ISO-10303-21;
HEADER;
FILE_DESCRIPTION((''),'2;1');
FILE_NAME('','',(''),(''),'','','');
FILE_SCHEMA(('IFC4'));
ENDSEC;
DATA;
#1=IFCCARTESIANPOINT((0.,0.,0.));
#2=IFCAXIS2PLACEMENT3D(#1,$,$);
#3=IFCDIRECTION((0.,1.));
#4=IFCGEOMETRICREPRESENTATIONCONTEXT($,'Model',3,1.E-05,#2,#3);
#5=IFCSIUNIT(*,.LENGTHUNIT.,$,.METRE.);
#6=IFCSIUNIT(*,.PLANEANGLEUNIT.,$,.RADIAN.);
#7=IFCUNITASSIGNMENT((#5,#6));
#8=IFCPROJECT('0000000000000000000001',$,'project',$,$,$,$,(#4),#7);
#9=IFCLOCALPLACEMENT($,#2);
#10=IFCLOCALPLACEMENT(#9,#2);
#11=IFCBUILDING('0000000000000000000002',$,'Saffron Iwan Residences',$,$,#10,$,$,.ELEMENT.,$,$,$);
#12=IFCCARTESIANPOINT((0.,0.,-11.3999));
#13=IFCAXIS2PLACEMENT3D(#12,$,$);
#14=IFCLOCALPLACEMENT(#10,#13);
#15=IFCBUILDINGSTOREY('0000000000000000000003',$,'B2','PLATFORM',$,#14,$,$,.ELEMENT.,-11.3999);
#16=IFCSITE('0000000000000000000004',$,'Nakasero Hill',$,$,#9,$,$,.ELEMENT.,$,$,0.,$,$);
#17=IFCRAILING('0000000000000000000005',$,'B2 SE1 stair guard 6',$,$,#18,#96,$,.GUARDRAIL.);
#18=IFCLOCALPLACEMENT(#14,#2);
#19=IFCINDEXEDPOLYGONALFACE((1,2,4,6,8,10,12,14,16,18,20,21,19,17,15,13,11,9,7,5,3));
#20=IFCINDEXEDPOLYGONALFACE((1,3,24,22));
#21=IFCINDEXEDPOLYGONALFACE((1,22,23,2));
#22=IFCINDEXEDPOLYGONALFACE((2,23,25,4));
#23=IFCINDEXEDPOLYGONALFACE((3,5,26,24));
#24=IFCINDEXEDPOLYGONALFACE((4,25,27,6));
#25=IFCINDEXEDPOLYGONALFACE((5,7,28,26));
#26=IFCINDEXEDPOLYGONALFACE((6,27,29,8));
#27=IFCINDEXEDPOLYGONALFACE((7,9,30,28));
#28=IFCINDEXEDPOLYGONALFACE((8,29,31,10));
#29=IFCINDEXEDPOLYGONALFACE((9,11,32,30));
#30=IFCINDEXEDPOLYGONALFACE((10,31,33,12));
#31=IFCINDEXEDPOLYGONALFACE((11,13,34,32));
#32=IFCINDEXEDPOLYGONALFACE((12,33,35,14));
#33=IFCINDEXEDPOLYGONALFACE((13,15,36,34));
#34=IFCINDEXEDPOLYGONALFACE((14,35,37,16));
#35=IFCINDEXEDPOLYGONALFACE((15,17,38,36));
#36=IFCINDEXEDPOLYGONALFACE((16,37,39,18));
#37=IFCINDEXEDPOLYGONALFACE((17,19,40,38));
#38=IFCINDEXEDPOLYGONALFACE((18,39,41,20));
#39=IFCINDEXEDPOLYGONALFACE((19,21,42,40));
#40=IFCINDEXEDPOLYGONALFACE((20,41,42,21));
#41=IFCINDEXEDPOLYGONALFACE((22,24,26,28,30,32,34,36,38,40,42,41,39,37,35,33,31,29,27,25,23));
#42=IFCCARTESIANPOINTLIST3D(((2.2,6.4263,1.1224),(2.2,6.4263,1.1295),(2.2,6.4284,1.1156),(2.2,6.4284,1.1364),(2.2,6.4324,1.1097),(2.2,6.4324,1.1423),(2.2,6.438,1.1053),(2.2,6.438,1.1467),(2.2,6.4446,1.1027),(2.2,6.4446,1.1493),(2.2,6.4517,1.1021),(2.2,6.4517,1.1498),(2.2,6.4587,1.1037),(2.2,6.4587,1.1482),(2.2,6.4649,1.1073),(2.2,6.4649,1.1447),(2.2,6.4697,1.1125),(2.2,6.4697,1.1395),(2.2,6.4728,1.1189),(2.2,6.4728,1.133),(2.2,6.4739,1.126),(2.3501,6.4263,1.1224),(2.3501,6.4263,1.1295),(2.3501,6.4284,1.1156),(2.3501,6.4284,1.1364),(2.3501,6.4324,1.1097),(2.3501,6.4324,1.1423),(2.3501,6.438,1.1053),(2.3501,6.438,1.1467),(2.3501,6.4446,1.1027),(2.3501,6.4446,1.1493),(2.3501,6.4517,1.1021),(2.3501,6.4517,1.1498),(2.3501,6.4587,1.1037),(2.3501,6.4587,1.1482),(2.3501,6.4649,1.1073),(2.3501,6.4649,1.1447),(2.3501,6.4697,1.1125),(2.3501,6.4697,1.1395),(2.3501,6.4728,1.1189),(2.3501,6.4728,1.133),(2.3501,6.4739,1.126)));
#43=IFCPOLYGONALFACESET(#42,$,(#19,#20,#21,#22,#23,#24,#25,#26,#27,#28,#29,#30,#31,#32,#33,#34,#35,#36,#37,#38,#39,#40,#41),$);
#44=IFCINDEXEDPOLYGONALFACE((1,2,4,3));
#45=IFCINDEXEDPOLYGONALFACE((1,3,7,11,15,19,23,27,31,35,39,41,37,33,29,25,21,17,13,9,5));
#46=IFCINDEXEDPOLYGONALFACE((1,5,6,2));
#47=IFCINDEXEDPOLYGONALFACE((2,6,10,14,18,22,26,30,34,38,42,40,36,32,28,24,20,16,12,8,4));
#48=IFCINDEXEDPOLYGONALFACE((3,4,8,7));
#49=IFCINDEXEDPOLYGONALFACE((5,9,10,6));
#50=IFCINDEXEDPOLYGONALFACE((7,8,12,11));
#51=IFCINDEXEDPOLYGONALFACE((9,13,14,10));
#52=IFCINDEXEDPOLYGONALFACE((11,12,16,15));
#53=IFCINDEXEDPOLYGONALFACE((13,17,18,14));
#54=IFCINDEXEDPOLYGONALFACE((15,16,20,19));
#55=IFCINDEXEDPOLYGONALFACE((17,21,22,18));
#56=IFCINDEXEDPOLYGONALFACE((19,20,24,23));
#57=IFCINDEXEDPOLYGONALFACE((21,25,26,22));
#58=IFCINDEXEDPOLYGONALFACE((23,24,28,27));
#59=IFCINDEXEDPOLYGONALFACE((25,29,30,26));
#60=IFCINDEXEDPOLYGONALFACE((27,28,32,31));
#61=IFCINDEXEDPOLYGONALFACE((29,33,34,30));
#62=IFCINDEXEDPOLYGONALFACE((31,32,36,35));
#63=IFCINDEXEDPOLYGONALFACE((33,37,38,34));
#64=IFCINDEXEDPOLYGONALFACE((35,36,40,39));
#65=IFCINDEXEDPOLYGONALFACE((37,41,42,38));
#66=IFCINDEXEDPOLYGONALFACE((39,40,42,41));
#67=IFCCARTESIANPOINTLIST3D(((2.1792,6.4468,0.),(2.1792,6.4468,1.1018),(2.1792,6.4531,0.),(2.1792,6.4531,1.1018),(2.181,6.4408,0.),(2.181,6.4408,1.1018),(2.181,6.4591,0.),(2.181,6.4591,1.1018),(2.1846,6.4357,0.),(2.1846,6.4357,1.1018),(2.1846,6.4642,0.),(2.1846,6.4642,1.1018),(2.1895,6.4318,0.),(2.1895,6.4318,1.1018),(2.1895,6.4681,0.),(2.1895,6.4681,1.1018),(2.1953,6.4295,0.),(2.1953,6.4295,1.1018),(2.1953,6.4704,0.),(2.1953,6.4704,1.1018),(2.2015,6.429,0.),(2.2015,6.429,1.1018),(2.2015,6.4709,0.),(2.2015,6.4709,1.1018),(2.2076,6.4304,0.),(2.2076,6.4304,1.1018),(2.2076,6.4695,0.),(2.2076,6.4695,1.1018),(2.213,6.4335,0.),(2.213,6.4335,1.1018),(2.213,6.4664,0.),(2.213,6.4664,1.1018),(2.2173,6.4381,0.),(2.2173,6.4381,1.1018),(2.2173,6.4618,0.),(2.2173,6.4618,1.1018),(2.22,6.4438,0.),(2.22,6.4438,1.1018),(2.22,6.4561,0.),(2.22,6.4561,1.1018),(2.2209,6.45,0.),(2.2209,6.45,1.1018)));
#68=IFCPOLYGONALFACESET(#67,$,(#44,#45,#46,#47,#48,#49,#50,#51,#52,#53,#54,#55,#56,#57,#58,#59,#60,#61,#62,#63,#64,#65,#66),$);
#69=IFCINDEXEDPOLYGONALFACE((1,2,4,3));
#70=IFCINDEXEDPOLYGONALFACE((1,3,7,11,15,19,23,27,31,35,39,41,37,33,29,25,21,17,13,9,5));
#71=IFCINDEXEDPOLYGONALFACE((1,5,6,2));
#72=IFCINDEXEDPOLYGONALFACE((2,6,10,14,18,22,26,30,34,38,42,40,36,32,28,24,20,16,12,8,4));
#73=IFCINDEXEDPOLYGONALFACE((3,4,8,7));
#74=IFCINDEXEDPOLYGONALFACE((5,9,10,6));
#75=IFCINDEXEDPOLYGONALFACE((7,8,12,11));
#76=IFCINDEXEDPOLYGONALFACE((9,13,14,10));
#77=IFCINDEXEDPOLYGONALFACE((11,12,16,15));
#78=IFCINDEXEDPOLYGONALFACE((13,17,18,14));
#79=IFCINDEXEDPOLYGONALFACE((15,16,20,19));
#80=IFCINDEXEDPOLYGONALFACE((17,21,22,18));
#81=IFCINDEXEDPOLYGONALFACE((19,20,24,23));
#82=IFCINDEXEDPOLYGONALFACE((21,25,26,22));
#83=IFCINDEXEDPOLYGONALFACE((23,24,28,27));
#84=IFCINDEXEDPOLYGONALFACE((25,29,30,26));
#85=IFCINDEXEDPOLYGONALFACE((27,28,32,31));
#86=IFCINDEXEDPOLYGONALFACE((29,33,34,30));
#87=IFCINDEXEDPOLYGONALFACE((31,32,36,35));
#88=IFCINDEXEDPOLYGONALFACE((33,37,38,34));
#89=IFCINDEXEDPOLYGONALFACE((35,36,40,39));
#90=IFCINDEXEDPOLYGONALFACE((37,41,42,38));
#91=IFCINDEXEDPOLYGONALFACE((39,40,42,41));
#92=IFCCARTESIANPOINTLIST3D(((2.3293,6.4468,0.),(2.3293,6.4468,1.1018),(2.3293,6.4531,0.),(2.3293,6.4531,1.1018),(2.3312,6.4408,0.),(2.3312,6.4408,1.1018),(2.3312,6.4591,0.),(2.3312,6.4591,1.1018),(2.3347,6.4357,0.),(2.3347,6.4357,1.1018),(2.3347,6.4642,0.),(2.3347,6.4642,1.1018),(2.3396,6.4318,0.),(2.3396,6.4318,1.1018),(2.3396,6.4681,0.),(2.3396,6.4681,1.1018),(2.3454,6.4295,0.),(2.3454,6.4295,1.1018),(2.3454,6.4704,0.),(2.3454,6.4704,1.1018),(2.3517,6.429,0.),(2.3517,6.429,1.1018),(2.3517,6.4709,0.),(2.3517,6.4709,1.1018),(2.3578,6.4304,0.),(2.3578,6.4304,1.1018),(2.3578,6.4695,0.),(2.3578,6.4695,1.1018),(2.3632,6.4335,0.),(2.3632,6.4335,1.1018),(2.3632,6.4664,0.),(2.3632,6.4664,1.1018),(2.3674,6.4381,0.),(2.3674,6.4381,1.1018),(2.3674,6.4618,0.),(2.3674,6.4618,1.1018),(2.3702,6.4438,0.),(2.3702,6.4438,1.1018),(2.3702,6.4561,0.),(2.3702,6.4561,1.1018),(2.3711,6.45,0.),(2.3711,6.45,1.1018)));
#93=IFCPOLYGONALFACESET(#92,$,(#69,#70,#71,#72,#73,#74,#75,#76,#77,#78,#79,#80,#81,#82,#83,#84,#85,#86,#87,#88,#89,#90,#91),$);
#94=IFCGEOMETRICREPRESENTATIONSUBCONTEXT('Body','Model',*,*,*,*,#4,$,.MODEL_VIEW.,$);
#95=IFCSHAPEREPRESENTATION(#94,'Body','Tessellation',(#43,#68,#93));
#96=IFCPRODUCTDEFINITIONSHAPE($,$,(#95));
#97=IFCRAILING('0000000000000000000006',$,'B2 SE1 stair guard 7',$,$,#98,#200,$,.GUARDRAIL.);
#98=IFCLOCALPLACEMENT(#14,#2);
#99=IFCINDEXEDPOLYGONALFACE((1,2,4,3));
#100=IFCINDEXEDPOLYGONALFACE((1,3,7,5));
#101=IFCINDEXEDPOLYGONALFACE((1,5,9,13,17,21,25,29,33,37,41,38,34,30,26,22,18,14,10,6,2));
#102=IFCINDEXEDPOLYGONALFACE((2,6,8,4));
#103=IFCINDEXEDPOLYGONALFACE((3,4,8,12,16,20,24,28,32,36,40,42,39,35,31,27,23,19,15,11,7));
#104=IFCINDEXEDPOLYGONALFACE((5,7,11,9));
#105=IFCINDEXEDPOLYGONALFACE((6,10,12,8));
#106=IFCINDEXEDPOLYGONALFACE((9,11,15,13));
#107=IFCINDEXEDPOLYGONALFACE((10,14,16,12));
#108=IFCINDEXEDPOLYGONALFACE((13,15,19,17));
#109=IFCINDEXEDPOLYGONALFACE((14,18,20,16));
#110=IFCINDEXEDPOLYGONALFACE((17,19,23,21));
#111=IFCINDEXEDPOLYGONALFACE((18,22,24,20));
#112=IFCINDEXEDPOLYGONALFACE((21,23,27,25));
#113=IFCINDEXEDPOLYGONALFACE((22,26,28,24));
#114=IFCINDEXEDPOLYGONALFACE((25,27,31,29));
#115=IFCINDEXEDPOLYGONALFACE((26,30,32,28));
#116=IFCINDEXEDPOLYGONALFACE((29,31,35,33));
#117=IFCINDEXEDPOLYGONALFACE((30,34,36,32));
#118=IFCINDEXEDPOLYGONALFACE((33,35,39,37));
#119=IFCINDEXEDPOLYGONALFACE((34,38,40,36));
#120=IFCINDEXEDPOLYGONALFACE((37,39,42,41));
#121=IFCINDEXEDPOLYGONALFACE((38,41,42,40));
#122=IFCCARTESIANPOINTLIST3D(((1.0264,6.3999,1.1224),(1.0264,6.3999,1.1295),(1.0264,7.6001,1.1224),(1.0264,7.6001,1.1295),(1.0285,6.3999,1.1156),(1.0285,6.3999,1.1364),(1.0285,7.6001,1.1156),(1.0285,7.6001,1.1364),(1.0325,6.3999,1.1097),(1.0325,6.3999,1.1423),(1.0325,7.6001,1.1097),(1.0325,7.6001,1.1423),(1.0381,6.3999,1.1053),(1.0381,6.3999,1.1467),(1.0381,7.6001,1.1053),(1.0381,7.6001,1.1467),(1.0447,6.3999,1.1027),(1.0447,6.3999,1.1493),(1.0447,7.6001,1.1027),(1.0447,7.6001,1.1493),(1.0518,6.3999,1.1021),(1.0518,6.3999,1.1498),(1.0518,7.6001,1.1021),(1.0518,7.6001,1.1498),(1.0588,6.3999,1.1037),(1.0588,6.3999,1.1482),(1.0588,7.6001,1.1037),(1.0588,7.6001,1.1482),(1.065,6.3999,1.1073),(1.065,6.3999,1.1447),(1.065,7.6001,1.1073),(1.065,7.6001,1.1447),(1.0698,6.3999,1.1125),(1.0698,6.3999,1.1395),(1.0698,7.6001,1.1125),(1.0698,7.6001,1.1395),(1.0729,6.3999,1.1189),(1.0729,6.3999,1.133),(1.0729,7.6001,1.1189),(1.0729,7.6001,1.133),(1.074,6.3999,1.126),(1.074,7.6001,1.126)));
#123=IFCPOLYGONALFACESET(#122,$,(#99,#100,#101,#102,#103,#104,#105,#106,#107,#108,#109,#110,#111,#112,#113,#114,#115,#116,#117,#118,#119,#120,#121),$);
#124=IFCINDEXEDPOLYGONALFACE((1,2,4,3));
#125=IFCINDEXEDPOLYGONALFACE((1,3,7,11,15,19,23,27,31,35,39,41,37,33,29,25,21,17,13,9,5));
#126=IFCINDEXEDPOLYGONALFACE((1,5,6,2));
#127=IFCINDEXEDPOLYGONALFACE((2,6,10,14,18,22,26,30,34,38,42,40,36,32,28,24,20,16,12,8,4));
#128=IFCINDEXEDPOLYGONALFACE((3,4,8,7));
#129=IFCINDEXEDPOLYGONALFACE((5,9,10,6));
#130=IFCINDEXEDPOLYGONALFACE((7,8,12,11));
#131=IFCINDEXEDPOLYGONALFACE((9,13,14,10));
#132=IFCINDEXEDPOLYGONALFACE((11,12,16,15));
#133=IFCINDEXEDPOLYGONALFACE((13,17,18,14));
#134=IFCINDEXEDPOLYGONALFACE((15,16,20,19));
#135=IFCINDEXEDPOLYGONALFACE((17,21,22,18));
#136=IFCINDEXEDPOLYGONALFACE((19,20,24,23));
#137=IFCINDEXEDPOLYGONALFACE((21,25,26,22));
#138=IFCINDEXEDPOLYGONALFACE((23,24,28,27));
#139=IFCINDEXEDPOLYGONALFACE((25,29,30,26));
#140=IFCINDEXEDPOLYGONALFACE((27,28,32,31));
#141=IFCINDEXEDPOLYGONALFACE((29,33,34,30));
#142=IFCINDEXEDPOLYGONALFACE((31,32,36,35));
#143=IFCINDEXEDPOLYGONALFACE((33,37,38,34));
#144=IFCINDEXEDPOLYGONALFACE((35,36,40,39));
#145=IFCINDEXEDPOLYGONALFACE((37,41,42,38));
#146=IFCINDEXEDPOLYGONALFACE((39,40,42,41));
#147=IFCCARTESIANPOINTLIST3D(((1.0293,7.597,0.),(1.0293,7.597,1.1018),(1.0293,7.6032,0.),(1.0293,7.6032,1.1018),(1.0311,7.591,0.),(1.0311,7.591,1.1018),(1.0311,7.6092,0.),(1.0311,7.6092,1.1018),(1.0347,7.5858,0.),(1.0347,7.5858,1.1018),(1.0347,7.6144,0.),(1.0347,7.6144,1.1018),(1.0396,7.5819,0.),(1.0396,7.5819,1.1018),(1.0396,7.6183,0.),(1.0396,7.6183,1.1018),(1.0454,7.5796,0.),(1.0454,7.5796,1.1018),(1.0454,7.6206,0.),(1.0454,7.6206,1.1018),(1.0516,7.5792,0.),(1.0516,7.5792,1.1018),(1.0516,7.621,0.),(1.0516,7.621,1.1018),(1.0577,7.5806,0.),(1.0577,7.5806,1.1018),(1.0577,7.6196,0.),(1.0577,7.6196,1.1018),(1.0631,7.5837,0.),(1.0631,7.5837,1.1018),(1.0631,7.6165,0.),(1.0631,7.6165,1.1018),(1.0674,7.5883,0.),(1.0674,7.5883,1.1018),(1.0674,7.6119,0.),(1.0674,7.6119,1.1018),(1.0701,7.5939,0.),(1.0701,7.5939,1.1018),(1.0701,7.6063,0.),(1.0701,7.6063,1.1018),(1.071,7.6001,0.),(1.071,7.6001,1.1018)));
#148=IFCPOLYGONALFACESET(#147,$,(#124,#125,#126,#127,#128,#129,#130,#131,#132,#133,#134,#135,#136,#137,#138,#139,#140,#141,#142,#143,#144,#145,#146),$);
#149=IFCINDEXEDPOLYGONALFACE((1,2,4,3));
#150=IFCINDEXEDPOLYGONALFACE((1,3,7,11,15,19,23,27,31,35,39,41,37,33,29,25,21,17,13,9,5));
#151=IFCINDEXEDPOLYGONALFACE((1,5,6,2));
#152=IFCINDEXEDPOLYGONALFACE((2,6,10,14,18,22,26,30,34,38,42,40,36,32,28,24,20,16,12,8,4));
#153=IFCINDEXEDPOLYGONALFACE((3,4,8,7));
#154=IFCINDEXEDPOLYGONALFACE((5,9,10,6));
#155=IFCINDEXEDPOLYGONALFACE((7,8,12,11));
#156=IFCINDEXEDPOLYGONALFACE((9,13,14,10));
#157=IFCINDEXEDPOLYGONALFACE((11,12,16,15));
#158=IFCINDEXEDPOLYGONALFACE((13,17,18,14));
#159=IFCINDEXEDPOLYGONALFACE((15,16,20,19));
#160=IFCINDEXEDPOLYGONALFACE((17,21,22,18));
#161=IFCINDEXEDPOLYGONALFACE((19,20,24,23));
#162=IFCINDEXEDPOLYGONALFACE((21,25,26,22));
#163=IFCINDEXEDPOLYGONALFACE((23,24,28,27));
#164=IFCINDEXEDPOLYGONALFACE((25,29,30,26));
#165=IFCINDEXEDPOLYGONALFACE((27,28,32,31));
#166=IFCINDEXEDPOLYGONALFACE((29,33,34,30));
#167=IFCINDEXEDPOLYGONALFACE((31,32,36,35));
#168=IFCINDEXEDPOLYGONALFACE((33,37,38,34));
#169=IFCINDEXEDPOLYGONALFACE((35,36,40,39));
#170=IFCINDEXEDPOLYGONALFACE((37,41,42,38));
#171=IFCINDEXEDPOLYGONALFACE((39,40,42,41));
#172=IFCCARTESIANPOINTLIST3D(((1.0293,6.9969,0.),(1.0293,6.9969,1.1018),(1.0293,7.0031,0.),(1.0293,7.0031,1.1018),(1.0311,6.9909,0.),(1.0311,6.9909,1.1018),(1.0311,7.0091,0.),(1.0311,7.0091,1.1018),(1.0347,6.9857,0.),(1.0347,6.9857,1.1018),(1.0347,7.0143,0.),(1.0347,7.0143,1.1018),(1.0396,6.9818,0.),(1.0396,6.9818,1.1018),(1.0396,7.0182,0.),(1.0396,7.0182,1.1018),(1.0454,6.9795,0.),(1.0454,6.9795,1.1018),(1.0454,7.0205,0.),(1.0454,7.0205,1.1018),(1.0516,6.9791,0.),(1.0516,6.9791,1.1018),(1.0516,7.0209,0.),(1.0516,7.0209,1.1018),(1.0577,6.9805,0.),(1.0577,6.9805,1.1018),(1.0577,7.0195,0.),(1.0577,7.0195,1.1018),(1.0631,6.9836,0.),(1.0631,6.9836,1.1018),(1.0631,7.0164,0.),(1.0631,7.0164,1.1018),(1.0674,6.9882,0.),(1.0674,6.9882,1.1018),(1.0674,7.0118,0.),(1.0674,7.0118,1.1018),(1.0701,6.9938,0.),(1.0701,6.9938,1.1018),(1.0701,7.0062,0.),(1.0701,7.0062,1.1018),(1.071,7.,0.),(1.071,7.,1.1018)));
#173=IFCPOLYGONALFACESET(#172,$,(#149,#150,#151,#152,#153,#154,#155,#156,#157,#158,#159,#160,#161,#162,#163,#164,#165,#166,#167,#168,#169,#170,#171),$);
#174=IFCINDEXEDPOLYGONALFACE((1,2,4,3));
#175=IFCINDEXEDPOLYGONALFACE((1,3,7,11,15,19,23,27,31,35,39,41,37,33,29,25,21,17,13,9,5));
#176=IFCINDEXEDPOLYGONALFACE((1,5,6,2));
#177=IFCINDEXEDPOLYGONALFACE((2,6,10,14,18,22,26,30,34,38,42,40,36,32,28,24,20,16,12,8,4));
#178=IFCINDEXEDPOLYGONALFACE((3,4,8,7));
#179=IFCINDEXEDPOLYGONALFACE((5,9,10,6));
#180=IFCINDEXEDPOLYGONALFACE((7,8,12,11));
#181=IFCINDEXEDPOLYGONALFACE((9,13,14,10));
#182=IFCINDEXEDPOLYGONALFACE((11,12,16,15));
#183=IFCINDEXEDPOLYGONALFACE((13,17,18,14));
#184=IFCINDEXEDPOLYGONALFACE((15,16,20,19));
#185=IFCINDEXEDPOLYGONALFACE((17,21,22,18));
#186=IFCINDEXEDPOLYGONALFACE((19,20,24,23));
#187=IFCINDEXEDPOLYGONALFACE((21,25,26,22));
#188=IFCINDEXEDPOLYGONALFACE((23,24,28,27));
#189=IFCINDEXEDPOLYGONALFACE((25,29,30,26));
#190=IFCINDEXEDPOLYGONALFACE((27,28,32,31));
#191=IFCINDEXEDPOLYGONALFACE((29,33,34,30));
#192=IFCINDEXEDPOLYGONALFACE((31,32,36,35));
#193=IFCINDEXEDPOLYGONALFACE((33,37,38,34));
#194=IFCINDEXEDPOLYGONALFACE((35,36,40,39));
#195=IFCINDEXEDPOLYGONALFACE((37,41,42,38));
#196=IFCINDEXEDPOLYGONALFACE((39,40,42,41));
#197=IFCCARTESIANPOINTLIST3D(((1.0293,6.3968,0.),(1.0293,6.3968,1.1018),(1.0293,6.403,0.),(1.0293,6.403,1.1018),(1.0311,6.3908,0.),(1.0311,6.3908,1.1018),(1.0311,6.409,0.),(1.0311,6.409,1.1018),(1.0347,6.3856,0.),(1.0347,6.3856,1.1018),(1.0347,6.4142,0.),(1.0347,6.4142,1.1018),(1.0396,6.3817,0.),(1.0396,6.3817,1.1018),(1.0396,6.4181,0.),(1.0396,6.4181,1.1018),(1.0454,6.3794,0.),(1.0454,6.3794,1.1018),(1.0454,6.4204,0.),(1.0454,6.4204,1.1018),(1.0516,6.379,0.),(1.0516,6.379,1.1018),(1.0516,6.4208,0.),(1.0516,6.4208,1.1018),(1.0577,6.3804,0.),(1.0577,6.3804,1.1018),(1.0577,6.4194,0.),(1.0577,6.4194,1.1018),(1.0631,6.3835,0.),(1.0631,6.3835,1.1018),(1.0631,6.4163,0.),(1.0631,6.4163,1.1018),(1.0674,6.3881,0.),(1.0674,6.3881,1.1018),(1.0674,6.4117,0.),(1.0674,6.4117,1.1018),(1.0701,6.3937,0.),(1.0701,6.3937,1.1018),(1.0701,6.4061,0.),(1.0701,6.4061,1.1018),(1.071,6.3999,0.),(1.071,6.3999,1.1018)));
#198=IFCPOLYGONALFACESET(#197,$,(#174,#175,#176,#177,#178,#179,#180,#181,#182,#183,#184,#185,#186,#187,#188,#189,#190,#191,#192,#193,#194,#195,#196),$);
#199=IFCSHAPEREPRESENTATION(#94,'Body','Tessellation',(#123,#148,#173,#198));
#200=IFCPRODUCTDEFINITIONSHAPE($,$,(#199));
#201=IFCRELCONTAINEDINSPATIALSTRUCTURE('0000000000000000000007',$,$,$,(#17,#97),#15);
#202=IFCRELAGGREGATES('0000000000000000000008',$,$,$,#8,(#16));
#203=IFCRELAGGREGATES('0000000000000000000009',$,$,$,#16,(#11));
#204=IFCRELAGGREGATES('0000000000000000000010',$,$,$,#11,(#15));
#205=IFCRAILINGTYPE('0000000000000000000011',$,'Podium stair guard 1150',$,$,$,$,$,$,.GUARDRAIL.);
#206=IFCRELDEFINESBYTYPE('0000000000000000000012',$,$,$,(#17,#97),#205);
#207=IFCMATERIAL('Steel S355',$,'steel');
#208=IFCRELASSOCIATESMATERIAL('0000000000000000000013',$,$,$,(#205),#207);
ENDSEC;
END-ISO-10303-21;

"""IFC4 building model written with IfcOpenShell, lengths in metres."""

from ifc_helpers import new_model, si_unit, direction, frame, origin, origin_2d, place, context, subcontext, project, spatial, circle, extrude, material, type_object, element, save


model = new_model("IFC4")

# Units and contexts
model_context = context("Model", 3, precision=1e-05, world=origin(), true_north=direction((0.0, 1.0)))
body_context = subcontext(model_context, "Body", "Model", "MODEL_VIEW")
ifc_project = project(units=[si_unit("LENGTHUNIT", "METRE"), si_unit("PLANEANGLEUNIT", "RADIAN")], contexts=[model_context])

# Site, building, storey
site_placement = place(None, origin())
site = spatial("IfcSite", under=ifc_project, at=site_placement, Name="Nakasero Hill", CompositionType="ELEMENT", RefElevation=0.0)
building_placement = place(site_placement, origin())
building = spatial("IfcBuilding", under=site, at=building_placement, Name="Saffron Iwan Residences", CompositionType="ELEMENT")
storey_placement = place(building_placement, frame((0.0, 0.0, -11.3999)))
storey = spatial("IfcBuildingStorey", under=building, at=storey_placement, Name="B2", Description="PLATFORM", CompositionType="ELEMENT", Elevation=-11.3999)

# Railings
ifc_material_1 = material(Name="Steel S355", Category="steel")
railing_type_1 = type_object("IfcRailingType", Name="Podium stair guard 1150", PredefinedType="GUARDRAIL", material=ifc_material_1)
railing_1_placement = place(storey_placement, frame((2.2, 6.45, 0.0)))
element("IfcRailing", 1, at=railing_1_placement, inside=storey, type_object=railing_type_1, Name="B2 SE1 stair guard 6", PredefinedType="GUARDRAIL", context=body_context, shape_type="SweptSolid", body=[
    extrude(circle(Radius=0.0239, at=origin_2d()), frame((0.0, 0.0, 1.126), z_axis=(1.0, 0.0, 0.0), x_axis=(0.0, 1.0, 0.0)), (0.0, 0.0, 1.0), 0.1501),
    extrude(circle(Radius=0.021, at=origin_2d()), origin(), (0.0, 0.0, 1.0), 1.1018),
    extrude(circle(Radius=0.021, at=origin_2d()), frame((0.1501, 0.0, 0.0)), (0.0, 0.0, 1.0), 1.1018),
])
railing_2_placement = place(storey_placement, frame((1.05, 7.6001, 0.0)))
element("IfcRailing", 2, at=railing_2_placement, inside=storey, type_object=railing_type_1, Name="B2 SE1 stair guard 7", PredefinedType="GUARDRAIL", context=body_context, shape_type="SweptSolid", body=[
    extrude(circle(Radius=0.0239, at=origin_2d()), frame((0.0, 0.0, 1.126), z_axis=(0.0, -1.0, 0.0), x_axis=(1.0, 0.0, 0.0)), (0.0, 0.0, 1.0), 1.2002),
    extrude(circle(Radius=0.021, at=origin_2d()), origin(), (0.0, 0.0, 1.0), 1.1018),
    extrude(circle(Radius=0.021, at=origin_2d()), frame((0.0, -0.6001, 0.0)), (0.0, 0.0, 1.0), 1.1018),
    extrude(circle(Radius=0.021, at=origin_2d()), frame((0.0, -1.2002, 0.0)), (0.0, 0.0, 1.0), 1.1018),
])

save(model, "model.ifc")
